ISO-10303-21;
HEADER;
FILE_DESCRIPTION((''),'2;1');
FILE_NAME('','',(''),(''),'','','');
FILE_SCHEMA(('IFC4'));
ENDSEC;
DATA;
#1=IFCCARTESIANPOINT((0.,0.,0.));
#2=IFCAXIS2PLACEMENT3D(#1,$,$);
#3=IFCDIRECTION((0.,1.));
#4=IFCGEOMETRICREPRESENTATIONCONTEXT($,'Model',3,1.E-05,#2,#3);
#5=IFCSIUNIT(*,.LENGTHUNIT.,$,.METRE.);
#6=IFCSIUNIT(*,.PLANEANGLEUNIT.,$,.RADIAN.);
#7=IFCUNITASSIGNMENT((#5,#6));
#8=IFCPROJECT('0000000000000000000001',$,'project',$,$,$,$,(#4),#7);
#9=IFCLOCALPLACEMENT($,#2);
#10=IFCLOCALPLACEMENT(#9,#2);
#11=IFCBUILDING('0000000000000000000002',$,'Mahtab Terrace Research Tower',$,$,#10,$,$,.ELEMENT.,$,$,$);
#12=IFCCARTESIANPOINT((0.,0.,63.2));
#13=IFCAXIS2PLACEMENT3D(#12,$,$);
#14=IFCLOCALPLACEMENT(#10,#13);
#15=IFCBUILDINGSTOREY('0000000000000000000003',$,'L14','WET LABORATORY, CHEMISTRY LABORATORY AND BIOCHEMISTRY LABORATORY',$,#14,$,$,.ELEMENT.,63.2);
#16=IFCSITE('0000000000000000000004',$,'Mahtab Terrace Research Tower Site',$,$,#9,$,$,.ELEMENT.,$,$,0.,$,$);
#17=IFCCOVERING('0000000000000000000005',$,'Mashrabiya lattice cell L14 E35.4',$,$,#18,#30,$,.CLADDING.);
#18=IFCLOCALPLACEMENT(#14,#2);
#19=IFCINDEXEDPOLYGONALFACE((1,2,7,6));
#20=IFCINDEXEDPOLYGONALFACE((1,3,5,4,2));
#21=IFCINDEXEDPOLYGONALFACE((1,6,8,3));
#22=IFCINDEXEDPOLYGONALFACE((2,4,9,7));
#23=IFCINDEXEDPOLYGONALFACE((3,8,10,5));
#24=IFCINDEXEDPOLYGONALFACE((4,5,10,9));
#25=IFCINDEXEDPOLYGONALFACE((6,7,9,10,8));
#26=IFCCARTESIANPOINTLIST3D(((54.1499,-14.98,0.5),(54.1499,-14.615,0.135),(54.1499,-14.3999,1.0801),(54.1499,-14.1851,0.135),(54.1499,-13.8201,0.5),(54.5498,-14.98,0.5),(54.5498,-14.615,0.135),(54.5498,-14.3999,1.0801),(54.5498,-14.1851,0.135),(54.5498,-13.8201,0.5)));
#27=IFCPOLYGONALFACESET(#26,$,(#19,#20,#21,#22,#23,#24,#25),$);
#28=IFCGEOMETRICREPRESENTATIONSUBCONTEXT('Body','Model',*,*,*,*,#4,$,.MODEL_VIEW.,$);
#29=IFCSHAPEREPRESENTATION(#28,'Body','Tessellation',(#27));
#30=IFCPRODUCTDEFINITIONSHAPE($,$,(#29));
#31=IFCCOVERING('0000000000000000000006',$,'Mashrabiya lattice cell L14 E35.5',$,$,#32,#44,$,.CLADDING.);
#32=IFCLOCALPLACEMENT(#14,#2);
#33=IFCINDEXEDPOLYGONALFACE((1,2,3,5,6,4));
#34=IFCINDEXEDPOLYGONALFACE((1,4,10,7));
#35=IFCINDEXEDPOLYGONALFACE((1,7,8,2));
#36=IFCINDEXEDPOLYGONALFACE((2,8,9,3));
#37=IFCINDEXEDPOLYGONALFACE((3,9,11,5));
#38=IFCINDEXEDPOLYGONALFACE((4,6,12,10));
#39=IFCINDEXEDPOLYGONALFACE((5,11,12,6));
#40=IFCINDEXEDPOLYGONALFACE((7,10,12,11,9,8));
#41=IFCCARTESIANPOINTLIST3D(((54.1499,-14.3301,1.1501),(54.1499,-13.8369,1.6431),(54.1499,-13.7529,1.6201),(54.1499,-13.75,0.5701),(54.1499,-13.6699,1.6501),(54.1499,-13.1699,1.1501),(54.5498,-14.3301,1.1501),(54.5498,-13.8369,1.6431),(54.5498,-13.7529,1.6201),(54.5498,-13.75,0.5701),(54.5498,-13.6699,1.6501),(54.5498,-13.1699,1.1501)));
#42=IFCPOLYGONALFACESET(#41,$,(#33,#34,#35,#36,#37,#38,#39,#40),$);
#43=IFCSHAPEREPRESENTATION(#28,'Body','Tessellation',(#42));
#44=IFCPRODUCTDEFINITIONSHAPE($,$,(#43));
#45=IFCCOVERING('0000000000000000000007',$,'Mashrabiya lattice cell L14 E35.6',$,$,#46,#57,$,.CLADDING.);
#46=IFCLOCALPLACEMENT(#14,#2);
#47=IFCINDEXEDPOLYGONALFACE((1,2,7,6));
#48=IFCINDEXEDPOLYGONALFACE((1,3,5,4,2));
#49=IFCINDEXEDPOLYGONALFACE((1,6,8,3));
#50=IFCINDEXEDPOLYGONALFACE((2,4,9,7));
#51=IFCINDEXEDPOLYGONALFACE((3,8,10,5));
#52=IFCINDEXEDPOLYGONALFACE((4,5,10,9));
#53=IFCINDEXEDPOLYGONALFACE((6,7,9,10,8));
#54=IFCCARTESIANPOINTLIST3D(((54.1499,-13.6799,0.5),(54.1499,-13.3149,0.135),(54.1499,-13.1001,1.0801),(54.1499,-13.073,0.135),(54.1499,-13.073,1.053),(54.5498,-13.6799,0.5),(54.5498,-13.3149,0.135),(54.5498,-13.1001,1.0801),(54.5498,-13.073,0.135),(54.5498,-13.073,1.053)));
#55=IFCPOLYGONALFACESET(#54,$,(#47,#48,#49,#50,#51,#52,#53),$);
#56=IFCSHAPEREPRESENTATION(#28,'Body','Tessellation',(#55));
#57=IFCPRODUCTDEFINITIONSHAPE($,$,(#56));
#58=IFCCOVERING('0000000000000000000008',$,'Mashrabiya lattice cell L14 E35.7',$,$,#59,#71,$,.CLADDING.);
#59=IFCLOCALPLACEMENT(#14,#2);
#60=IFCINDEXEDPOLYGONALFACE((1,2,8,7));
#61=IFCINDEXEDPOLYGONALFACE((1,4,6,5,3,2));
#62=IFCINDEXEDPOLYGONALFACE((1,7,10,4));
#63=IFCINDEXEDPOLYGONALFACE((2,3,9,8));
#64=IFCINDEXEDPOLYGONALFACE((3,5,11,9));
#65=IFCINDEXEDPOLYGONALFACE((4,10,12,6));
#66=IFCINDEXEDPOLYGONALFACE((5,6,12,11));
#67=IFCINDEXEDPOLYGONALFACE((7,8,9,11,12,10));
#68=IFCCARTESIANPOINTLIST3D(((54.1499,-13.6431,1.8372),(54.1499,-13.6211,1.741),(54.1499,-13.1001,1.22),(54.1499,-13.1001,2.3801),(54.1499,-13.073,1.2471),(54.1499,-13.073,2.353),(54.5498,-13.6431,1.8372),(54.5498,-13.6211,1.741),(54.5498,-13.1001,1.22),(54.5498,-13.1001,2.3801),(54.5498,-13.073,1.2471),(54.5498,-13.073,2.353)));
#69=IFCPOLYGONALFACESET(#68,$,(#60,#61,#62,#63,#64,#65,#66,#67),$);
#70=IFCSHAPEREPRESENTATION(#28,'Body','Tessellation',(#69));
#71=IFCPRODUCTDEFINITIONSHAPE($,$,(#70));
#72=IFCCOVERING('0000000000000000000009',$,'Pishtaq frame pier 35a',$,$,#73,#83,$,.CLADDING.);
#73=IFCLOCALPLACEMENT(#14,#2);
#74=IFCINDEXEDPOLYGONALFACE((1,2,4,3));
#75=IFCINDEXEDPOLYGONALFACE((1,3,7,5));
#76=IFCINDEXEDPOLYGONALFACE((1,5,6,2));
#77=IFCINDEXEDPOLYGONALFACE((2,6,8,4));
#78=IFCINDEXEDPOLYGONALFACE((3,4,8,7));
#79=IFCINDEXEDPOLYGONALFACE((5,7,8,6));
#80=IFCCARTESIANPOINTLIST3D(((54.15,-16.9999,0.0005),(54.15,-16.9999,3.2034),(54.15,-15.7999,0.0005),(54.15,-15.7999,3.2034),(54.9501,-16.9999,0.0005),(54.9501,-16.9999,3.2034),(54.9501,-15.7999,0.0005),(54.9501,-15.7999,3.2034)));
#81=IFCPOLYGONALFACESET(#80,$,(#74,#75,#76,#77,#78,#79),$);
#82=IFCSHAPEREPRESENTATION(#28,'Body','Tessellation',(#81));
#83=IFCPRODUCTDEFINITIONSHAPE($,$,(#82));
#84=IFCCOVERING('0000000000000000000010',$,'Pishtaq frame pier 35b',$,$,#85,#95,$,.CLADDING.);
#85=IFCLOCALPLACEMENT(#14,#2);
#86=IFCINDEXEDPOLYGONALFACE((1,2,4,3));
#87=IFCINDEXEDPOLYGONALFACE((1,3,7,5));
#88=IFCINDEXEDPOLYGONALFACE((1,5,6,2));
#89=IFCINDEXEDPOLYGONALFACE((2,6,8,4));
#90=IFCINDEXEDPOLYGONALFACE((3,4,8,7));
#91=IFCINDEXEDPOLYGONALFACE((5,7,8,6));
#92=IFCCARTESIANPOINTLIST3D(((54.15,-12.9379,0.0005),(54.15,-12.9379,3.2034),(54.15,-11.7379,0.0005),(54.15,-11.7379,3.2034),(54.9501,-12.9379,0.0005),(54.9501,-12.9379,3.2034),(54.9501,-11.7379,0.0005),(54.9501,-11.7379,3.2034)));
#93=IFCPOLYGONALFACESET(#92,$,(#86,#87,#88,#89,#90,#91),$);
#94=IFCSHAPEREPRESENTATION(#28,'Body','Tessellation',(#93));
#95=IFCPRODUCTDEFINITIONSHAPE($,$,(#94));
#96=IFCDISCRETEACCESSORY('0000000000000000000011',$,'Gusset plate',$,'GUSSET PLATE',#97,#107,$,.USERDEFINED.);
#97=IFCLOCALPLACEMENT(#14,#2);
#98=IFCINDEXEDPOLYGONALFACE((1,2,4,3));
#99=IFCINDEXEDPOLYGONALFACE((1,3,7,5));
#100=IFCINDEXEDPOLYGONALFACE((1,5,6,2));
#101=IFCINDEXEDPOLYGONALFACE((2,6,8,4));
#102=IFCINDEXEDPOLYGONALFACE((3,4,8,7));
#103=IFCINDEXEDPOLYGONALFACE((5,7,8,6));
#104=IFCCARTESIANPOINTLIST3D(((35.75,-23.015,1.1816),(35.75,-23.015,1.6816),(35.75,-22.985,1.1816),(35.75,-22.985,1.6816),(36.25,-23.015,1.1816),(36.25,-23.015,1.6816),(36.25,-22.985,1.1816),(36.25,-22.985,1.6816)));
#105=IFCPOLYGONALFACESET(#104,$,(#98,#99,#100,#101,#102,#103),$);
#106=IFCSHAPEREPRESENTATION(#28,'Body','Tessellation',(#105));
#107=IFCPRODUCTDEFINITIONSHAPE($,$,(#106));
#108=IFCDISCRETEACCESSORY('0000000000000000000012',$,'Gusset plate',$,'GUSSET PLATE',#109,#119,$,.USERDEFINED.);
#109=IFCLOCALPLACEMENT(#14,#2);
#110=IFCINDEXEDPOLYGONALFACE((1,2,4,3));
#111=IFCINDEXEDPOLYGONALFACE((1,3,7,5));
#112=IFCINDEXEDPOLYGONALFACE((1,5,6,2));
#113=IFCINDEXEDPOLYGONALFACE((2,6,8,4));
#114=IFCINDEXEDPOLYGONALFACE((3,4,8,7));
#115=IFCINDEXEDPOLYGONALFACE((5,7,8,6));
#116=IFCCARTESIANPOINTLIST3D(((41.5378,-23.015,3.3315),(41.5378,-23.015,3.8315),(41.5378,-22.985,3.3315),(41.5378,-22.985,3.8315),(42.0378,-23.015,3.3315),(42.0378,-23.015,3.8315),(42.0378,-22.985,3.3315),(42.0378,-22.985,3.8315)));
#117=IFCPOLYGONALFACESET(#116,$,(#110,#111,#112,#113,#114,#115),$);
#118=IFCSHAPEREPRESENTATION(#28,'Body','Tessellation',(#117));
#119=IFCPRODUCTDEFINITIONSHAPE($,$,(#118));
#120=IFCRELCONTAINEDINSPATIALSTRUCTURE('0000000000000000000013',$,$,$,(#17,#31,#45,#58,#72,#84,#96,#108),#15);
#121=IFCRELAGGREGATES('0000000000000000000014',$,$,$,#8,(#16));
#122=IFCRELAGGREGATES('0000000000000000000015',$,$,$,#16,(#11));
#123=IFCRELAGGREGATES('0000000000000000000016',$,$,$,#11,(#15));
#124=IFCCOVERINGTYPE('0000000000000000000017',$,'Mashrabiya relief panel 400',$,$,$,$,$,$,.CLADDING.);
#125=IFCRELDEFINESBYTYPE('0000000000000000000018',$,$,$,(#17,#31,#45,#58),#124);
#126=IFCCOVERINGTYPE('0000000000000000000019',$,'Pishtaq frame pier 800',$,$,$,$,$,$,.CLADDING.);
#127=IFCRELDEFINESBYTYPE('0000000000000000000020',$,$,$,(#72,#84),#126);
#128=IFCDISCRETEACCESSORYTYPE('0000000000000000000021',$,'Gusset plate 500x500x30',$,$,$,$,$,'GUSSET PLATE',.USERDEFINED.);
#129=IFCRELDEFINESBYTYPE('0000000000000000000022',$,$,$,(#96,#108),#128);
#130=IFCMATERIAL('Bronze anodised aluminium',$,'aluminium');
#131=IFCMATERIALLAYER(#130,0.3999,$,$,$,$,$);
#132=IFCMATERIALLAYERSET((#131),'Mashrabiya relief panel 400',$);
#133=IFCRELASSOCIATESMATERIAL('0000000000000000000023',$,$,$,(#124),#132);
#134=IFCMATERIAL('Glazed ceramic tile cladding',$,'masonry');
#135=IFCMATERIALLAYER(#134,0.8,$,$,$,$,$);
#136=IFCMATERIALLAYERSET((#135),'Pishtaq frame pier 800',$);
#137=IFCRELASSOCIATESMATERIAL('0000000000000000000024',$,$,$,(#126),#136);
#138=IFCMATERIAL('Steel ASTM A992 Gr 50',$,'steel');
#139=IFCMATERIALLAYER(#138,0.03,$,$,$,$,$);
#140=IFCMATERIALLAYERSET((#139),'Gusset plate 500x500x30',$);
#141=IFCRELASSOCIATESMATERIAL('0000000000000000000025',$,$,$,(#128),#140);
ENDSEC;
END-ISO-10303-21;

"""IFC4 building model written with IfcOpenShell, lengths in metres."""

from ifc_helpers import new_model, si_unit, direction, frame, origin, origin_2d, place, context, subcontext, project, spatial, polyline, rectangle, outline, extrude, material, layer, layer_set, type_object, element, save


model = new_model("IFC4")

# Units and contexts
model_context = context("Model", 3, precision=1e-05, world=origin(), true_north=direction((0.0, 1.0)))
body_context = subcontext(model_context, "Body", "Model", "MODEL_VIEW")
ifc_project = project(units=[si_unit("LENGTHUNIT", "METRE"), si_unit("PLANEANGLEUNIT", "RADIAN")], contexts=[model_context])

# Site, building, storey
site_placement = place(None, origin())
site = spatial("IfcSite", under=ifc_project, at=site_placement, Name="Mahtab Terrace Research Tower Site", CompositionType="ELEMENT", RefElevation=0.0)
building_placement = place(site_placement, origin())
building = spatial("IfcBuilding", under=site, at=building_placement, Name="Mahtab Terrace Research Tower", CompositionType="ELEMENT")
storey_placement = place(building_placement, frame((0.0, 0.0, 63.2)))
storey = spatial("IfcBuildingStorey", under=building, at=storey_placement, Name="L14", Description="WET LABORATORY, CHEMISTRY LABORATORY AND BIOCHEMISTRY LABORATORY", CompositionType="ELEMENT", Elevation=63.2)

# Shared definitions
ifc_material_1 = material(Name="Steel ASTM A992 Gr 50", Category="steel")

# Coverings
ifc_material_2 = material(Name="Bronze anodised aluminium", Category="aluminium")
ifc_layer_1 = layer(ifc_material_2, 0.3999)
ifc_layer_set_1 = layer_set([ifc_layer_1], Name="Mashrabiya relief panel 400")
covering_type_1 = type_object("IfcCoveringType", Name="Mashrabiya relief panel 400", PredefinedType="CLADDING", material=ifc_layer_set_1)
covering_1_placement = place(storey_placement, frame((54.1499, -14.98, 0.5), z_axis=(-1.0, 0.0, 0.0), x_axis=(0.0, 0.707107, 0.707107)))
element("IfcCovering", 1, at=covering_1_placement, inside=storey, type_object=covering_type_1, Name="Mashrabiya lattice cell L14 E35.4", PredefinedType="CLADDING", context=body_context, shape_type="SweptSolid", body=[
    extrude(outline(polyline([(0.0, 0.0), (0.8204, 0.0), (0.8202, 0.8202), (0.304, 0.8202), (0.0, 0.5162), (0.0, 0.0)])), origin(), (0.0, 0.0, -1.0), 0.3999),
])
covering_2_placement = place(storey_placement, frame((54.1499, -13.1699, 1.1501), z_axis=(-1.0, 0.0, 0.0), x_axis=(0.0, -0.707107, -0.707107)))
element("IfcCovering", 2, at=covering_2_placement, inside=storey, type_object=covering_type_1, Name="Mashrabiya lattice cell L14 E35.5", PredefinedType="CLADDING", context=body_context, shape_type="SweptSolid", body=[
    extrude(outline(polyline([(0.0, 0.0), (0.8204, 0.0), (0.8204, 0.8204), (0.1231, 0.8202), (0.0799, 0.7446), (0.0, 0.7071), (0.0, 0.0)])), origin(), (0.0, 0.0, -1.0), 0.3999),
])
covering_3_placement = place(storey_placement, frame((54.1499, -13.6799, 0.5), z_axis=(-1.0, 0.0, 0.0), x_axis=(0.0, 0.706958, 0.707256)))
element("IfcCovering", 3, at=covering_3_placement, inside=storey, type_object=covering_type_1, Name="Mashrabiya lattice cell L14 E35.6", PredefinedType="CLADDING", context=body_context, shape_type="SweptSolid", body=[
    extrude(outline(polyline([(0.0, 0.0), (0.8202, 0.0), (0.8202, 0.0383), (0.1709, 0.6873), (-0.0001, 0.5162), (0.0, 0.0)])), origin(), (0.0, 0.0, -1.0), 0.3999),
])
covering_4_placement = place(storey_placement, frame((54.1499, -13.1001, 1.22), z_axis=(-1.0, 0.0, 0.0), x_axis=(0.0, -0.707107, 0.707107)))
element("IfcCovering", 4, at=covering_4_placement, inside=storey, type_object=covering_type_1, Name="Mashrabiya lattice cell L14 E35.7", PredefinedType="CLADDING", context=body_context, shape_type="SweptSolid", body=[
    extrude(outline(polyline([(0.0, 0.0), (0.7368, 0.0), (0.8204, 0.0525), (0.8204, 0.8204), (0.782, 0.8204), (0.0, 0.0383), (0.0, 0.0)])), origin(), (0.0, 0.0, -1.0), 0.3999),
])
ifc_material_3 = material(Name="Glazed ceramic tile cladding", Category="masonry")
ifc_layer_2 = layer(ifc_material_3, 0.8)
ifc_layer_set_2 = layer_set([ifc_layer_2], Name="Pishtaq frame pier 800")
covering_type_2 = type_object("IfcCoveringType", Name="Pishtaq frame pier 800", PredefinedType="CLADDING", material=ifc_layer_set_2)
for number, where, z_axis, x_axis, name in (
    (5, (54.55, -16.3999, 0.0005), (0.0, 0.0, 1.0), (0.0, 1.0, 0.0), "Pishtaq frame pier 35a"),
    (6, (54.55, -12.3379, 0.0005), (0.0, 0.0, 1.0), (0.0, 1.0, 0.0), "Pishtaq frame pier 35b"),
):
    element("IfcCovering", number, at=place(storey_placement, frame(where, z_axis=z_axis, x_axis=x_axis)), inside=storey, type_object=covering_type_2, Name=name, PredefinedType="CLADDING", context=body_context, shape_type="SweptSolid", body=[
        extrude(rectangle(XDim=1.2, YDim=0.8, at=origin_2d()), origin(), (0.0, 0.0, 1.0), 3.2029),
    ])

# Discrete accessories
ifc_layer_3 = layer(ifc_material_1, 0.03)
ifc_layer_set_3 = layer_set([ifc_layer_3], Name="Gusset plate 500x500x30")
discrete_accessory_type = type_object("IfcDiscreteAccessoryType", Name="Gusset plate 500x500x30", ElementType="GUSSET PLATE", PredefinedType="USERDEFINED", material=ifc_layer_set_3)
for number, where, z_axis, x_axis, name in (
    (7, (36.0, -23.0, 1.1816), (0.0, 0.0, 1.0), (1.0, 0.0, 0.0), "Gusset plate"),
    (8, (41.7878, -23.0, 3.3315), (0.0, 0.0, 1.0), (1.0, 0.0, 0.0), "Gusset plate"),
):
    element("IfcDiscreteAccessory", number, at=place(storey_placement, frame(where, z_axis=z_axis, x_axis=x_axis)), inside=storey, type_object=discrete_accessory_type, Name=name, ObjectType="GUSSET PLATE", PredefinedType="USERDEFINED", context=body_context, shape_type="SweptSolid", body=[
        extrude(rectangle(XDim=0.5, YDim=0.03, at=origin_2d()), origin(), (0.0, 0.0, 1.0), 0.5),
    ])

save(model, "model.ifc")
